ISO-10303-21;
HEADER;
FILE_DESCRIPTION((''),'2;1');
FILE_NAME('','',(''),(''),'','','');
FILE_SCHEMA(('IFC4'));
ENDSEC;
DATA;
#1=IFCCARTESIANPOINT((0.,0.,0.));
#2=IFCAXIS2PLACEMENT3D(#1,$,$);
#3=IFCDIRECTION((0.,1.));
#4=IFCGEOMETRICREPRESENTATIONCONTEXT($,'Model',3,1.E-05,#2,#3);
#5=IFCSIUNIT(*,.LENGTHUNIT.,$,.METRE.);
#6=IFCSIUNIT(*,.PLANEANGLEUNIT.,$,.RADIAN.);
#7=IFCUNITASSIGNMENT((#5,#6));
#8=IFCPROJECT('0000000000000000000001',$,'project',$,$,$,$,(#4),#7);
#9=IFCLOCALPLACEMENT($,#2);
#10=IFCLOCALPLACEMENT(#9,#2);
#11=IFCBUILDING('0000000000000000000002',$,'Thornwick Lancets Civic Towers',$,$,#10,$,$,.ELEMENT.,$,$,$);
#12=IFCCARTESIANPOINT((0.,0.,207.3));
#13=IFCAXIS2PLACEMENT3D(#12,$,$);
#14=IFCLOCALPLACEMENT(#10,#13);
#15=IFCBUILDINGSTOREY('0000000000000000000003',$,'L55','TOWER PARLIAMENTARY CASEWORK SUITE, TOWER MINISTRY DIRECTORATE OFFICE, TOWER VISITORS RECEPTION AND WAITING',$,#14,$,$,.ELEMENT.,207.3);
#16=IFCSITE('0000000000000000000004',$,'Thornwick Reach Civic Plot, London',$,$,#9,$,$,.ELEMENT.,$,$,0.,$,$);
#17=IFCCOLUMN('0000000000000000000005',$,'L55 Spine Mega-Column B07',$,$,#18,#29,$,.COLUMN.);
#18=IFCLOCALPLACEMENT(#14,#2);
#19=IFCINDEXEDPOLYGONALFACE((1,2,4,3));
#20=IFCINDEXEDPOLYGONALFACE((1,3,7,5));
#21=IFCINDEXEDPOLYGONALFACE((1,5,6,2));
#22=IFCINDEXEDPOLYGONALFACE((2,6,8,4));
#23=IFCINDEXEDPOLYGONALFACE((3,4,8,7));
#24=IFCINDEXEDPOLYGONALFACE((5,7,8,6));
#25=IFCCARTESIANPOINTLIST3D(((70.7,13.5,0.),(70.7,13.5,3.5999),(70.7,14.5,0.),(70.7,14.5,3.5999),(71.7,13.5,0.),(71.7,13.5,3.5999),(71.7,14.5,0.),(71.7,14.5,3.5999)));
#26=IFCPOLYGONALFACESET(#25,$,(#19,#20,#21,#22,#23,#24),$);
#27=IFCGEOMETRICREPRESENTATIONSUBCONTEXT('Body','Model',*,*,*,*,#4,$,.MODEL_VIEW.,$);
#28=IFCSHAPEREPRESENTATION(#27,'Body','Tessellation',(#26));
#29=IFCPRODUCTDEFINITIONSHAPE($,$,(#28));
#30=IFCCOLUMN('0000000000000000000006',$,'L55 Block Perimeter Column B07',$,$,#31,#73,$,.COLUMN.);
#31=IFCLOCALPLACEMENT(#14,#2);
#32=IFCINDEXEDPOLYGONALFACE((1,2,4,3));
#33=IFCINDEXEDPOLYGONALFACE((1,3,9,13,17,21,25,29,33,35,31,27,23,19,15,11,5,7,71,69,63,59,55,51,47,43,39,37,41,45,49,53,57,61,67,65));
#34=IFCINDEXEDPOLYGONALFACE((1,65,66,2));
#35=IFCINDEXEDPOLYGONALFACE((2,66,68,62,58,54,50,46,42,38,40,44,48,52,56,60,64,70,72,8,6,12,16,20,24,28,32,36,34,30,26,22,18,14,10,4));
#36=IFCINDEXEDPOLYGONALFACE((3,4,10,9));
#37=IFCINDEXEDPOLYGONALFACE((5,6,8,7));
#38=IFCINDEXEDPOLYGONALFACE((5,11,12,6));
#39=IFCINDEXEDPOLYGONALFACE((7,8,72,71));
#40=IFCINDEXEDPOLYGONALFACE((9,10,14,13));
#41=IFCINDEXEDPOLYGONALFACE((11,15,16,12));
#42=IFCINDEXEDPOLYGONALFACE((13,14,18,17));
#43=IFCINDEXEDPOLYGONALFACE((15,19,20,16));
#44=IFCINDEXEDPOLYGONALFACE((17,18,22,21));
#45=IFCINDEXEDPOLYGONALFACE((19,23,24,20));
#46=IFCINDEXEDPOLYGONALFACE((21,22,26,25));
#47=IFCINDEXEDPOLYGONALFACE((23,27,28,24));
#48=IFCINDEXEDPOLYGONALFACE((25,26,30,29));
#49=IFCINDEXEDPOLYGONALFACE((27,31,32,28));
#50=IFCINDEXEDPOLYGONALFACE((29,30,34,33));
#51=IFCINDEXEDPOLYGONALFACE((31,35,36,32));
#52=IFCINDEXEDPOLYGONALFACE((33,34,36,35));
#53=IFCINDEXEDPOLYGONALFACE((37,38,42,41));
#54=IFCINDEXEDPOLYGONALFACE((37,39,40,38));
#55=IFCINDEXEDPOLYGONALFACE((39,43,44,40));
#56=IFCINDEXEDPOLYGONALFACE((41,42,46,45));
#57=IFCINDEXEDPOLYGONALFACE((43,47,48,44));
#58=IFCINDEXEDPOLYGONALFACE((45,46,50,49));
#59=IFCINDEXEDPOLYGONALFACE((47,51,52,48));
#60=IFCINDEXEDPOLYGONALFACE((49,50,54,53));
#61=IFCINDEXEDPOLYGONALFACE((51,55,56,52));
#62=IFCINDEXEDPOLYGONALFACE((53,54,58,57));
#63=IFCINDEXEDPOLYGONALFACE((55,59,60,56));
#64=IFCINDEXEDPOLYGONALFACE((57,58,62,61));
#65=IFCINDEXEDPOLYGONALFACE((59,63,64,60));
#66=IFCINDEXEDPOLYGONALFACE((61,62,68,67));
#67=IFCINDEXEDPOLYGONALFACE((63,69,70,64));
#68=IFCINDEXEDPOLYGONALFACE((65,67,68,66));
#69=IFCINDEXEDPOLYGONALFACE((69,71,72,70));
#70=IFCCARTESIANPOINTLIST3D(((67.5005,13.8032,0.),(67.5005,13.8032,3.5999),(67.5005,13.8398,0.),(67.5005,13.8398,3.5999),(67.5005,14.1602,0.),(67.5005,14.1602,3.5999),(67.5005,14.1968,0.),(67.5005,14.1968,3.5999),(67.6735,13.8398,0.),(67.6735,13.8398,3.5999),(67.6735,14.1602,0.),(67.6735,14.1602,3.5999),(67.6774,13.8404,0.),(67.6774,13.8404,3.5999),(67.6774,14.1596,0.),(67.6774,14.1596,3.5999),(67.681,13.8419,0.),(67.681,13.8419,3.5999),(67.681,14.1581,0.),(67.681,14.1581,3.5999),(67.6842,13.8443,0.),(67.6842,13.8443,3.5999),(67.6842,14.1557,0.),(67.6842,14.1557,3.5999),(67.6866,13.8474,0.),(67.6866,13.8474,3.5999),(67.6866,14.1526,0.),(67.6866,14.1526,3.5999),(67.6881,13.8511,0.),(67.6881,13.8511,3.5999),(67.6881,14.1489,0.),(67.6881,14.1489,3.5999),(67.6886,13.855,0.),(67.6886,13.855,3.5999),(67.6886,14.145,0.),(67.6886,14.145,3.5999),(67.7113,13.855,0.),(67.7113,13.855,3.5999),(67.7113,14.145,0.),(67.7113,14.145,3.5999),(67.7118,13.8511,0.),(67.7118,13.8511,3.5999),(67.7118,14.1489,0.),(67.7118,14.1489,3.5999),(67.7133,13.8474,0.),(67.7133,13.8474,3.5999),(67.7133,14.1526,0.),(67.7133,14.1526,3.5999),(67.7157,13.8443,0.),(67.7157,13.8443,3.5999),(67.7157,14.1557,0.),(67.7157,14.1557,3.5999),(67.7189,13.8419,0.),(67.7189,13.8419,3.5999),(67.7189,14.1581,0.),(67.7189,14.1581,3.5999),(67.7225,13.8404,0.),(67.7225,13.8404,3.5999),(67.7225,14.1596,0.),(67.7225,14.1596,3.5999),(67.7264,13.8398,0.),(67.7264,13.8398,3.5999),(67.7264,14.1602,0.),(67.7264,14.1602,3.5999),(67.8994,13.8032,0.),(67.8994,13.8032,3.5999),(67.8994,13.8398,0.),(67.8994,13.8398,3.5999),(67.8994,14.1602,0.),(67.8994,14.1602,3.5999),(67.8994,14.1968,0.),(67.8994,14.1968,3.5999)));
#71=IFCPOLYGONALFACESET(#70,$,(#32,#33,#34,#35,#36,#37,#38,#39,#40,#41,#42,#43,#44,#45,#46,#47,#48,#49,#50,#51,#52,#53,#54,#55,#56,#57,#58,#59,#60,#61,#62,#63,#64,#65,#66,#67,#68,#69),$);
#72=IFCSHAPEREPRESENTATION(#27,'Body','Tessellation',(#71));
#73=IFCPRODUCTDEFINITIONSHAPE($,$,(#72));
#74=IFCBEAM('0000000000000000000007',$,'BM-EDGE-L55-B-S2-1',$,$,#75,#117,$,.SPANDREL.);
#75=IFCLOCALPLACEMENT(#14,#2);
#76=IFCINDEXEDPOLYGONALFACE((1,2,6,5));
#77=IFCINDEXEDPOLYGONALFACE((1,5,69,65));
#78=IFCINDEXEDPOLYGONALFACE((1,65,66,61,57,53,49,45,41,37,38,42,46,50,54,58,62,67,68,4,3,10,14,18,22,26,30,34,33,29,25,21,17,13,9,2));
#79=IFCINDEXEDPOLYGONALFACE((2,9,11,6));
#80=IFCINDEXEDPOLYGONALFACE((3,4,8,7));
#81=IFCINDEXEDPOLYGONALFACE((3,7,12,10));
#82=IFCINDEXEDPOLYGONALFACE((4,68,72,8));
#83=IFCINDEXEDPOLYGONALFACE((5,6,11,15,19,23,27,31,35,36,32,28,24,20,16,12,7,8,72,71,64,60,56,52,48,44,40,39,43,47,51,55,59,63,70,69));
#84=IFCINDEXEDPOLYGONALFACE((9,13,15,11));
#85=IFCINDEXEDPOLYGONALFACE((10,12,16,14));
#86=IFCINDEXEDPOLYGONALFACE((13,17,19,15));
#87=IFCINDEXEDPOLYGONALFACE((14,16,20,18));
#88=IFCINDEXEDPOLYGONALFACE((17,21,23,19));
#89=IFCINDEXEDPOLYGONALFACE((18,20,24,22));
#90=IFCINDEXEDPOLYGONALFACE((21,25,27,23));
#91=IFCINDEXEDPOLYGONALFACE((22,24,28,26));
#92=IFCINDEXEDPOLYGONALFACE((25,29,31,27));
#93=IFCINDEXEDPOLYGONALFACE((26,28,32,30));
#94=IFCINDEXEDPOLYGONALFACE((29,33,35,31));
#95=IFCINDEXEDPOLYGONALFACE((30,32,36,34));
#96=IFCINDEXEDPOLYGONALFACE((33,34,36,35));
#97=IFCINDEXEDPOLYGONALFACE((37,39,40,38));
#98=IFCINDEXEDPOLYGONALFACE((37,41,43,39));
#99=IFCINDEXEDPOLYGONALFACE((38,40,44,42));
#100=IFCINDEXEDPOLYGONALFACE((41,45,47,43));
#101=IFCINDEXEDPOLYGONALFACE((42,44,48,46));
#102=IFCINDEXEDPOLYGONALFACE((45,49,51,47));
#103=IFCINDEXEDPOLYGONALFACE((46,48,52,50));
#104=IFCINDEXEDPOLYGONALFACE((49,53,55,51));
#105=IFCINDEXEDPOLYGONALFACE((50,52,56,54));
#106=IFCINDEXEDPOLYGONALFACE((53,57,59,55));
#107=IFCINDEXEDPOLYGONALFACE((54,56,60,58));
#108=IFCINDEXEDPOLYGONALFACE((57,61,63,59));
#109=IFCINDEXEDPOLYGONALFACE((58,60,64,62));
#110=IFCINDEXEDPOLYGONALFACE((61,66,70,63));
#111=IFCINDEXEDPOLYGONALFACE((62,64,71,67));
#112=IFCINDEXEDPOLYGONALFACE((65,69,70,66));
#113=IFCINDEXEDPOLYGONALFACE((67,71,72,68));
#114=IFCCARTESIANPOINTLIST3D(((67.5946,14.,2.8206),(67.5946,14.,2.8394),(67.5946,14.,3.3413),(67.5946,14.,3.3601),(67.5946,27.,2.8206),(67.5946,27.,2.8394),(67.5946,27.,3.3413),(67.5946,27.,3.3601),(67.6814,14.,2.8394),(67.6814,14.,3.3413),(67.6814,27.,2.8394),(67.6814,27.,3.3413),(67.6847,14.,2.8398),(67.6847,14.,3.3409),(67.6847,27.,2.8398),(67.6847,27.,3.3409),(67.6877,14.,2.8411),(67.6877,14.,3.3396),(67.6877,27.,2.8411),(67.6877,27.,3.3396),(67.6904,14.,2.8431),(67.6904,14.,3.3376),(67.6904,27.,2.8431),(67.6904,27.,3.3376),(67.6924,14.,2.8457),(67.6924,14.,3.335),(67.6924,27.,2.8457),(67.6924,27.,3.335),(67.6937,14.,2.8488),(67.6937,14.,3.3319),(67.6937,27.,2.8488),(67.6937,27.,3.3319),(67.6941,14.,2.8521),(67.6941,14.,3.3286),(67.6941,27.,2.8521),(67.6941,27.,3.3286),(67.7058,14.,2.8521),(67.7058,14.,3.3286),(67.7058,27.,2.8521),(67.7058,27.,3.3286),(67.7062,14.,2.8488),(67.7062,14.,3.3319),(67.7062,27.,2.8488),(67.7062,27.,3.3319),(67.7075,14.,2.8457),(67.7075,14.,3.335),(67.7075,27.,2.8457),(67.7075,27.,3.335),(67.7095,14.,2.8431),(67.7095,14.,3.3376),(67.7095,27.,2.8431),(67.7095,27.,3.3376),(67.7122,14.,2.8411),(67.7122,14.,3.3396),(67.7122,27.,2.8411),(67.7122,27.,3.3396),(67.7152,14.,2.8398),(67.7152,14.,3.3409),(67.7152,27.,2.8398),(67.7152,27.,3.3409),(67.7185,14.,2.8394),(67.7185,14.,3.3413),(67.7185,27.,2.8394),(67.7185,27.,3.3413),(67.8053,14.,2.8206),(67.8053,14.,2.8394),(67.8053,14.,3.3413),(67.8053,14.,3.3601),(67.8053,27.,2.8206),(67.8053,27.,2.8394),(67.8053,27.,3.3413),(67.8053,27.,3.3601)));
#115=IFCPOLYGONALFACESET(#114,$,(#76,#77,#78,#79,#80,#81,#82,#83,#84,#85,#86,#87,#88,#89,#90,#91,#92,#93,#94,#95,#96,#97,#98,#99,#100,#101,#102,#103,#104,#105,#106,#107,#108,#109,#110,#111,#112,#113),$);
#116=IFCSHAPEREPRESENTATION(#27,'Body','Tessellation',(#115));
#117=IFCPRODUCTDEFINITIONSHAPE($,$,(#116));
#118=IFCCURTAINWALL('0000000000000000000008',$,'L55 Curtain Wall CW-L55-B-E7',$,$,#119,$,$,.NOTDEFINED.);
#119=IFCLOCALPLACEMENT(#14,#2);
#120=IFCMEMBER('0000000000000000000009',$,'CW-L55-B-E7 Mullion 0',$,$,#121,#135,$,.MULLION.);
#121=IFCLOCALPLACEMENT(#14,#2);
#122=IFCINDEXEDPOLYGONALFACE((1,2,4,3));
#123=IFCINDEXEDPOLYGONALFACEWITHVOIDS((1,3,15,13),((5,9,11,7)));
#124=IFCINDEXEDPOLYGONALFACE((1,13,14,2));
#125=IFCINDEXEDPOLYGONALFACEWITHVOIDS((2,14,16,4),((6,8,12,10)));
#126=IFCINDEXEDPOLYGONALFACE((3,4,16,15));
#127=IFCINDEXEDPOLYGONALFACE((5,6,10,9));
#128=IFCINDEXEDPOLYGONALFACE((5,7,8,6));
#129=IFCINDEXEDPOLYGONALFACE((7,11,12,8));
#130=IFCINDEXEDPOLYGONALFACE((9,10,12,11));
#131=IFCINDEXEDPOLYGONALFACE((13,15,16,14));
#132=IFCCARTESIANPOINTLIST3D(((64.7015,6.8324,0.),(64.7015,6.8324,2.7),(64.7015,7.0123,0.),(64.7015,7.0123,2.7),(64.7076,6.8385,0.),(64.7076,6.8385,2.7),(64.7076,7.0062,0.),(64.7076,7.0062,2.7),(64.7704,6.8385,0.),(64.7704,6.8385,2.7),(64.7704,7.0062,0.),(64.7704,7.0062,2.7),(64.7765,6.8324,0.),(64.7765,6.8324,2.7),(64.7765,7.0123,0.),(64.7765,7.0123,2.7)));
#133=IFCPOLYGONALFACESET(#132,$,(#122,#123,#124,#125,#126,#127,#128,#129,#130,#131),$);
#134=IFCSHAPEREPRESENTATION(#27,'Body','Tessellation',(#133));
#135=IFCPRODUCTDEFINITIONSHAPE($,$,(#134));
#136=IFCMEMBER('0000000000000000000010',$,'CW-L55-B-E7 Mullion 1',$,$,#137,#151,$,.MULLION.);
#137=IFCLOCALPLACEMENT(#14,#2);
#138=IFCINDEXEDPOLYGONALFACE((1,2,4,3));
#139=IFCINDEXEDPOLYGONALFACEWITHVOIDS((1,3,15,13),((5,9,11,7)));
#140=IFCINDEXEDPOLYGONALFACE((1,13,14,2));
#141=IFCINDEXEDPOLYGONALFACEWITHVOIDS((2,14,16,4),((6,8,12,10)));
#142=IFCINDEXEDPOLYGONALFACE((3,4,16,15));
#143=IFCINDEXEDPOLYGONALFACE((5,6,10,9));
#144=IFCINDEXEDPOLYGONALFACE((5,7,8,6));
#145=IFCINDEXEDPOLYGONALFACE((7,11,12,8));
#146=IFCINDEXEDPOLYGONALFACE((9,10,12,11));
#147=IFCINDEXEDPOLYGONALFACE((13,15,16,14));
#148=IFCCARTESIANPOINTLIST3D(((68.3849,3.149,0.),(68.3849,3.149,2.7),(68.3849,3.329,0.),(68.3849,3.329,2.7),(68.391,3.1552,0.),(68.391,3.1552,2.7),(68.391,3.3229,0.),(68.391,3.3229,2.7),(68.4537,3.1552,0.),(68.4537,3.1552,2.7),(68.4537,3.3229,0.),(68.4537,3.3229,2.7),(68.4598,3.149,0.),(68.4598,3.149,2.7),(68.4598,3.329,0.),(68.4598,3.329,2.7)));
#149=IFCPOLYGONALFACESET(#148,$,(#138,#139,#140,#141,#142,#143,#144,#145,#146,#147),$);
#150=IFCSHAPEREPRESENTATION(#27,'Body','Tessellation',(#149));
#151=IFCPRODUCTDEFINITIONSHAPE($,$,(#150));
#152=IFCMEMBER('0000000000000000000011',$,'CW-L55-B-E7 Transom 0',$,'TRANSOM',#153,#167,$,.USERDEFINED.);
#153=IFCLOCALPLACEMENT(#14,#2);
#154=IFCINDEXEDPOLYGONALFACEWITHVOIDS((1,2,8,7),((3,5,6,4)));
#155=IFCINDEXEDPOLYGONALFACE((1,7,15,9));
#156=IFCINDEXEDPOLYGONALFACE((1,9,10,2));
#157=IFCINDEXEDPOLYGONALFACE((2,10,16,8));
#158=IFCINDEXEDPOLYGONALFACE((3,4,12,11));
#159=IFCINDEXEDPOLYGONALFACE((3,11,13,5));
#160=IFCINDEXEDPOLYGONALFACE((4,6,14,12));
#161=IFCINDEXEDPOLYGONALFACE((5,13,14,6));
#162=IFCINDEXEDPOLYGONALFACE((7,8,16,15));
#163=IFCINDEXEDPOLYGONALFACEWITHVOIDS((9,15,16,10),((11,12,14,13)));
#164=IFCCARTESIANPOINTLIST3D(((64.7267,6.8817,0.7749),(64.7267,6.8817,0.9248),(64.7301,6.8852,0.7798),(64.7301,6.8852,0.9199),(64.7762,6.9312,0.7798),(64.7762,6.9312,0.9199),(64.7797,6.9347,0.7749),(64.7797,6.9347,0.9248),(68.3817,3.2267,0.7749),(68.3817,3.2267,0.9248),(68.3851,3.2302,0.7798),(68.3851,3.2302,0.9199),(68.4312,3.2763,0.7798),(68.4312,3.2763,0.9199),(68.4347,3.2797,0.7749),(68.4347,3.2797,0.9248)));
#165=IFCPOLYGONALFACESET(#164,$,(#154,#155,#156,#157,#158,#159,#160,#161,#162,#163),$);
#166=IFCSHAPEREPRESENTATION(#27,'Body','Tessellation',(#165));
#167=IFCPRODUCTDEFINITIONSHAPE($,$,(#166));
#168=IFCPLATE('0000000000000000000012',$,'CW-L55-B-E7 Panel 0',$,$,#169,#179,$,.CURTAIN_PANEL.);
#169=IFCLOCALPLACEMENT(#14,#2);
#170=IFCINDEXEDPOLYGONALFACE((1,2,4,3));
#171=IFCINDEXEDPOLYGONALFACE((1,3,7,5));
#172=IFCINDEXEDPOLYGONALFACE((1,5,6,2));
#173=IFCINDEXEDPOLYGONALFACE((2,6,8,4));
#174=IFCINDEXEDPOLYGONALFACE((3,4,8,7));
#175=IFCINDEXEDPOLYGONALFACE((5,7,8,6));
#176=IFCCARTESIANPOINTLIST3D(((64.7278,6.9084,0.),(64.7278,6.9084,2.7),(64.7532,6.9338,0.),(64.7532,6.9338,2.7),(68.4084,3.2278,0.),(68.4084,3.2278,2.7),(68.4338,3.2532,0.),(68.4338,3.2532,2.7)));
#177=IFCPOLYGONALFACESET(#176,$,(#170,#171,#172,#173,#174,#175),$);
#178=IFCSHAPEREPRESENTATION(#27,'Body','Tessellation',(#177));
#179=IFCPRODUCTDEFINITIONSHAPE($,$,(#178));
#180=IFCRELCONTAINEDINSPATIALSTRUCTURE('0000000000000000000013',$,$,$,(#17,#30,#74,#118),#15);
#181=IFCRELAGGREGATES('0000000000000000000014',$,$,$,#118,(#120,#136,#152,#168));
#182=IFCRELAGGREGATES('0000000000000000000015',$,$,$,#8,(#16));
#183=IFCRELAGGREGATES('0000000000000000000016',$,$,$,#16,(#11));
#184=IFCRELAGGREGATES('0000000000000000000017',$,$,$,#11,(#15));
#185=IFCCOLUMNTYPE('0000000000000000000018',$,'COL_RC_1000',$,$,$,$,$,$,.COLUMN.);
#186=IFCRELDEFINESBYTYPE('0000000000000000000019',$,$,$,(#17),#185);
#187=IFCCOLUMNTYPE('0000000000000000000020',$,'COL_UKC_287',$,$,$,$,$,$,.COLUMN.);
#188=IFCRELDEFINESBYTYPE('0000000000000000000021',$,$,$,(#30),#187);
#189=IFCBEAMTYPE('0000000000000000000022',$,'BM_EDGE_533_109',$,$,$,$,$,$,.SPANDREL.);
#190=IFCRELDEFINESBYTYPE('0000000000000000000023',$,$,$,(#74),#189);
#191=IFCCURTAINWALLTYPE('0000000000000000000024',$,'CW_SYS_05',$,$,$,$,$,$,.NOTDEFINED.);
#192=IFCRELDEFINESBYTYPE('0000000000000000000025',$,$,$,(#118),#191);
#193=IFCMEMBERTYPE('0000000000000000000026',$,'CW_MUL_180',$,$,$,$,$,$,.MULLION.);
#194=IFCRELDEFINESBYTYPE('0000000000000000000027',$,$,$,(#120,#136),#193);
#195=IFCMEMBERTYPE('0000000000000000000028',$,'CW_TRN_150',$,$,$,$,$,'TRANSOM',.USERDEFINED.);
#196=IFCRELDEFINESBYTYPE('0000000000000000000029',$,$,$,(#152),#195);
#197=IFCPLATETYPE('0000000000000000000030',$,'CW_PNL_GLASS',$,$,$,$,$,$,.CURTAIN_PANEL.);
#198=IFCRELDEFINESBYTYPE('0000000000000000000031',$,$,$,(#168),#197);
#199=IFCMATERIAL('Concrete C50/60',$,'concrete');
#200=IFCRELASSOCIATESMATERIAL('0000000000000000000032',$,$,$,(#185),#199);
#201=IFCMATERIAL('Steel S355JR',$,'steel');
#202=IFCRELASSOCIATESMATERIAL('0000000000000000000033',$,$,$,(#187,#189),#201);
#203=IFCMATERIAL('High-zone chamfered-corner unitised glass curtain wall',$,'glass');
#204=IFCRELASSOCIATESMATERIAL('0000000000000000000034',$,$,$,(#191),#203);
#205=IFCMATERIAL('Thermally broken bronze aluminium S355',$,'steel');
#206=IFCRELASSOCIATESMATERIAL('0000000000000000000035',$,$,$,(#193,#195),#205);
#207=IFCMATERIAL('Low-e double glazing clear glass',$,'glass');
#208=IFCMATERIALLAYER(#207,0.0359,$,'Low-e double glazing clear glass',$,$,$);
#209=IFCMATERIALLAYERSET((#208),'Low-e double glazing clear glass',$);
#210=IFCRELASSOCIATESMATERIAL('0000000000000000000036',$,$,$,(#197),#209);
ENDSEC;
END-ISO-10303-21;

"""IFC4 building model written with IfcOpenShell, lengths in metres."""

from ifc_helpers import new_model, si_unit, direction, frame, origin, origin_2d, place, context, subcontext, project, spatial, rectangle, hollow_rectangle, i_section, extrude, material, layer, layer_set, material_profile, profile_set, type_object, element, aggregate, save


model = new_model("IFC4")

# Units and contexts
model_context = context("Model", 3, precision=1e-05, world=origin(), true_north=direction((0.0, 1.0)))
body_context = subcontext(model_context, "Body", "Model", "MODEL_VIEW")
ifc_project = project(units=[si_unit("LENGTHUNIT", "METRE"), si_unit("PLANEANGLEUNIT", "RADIAN")], contexts=[model_context])

# Site, building, storey
site_placement = place(None, origin())
site = spatial("IfcSite", under=ifc_project, at=site_placement, Name="Thornwick Reach Civic Plot, London", CompositionType="ELEMENT", RefElevation=0.0)
building_placement = place(site_placement, origin())
building = spatial("IfcBuilding", under=site, at=building_placement, Name="Thornwick Lancets Civic Towers", CompositionType="ELEMENT")
storey_placement = place(building_placement, frame((0.0, 0.0, 207.3)))
storey = spatial("IfcBuildingStorey", under=building, at=storey_placement, Name="L55", Description="TOWER PARLIAMENTARY CASEWORK SUITE, TOWER MINISTRY DIRECTORATE OFFICE, TOWER VISITORS RECEPTION AND WAITING", CompositionType="ELEMENT", Elevation=207.3)

# Columns
ifc_material_1 = material(Name="Concrete C50/60", Category="concrete")
ifc_material_profile_1 = material_profile(ifc_material_1, rectangle(XDim=1.0, YDim=1.0, at=origin_2d()), Name="RC 1000x1000")
ifc_profile_set_1 = profile_set([ifc_material_profile_1], Name="Concrete C50/60")
column_type_1 = type_object("IfcColumnType", Name="COL_RC_1000", PredefinedType="COLUMN", material=ifc_profile_set_1)
column_1_placement = place(storey_placement, frame((71.2, 14.0, 0.0), z_axis=(0.0, 0.0, 1.0), x_axis=(1.0, 0.0, 0.0)))
element("IfcColumn", 1, at=column_1_placement, inside=storey, type_object=column_type_1, Name="L55 Spine Mega-Column B07", PredefinedType="COLUMN", context=body_context, shape_type="SweptSolid", body=[
    extrude(rectangle(XDim=1.0, YDim=1.0, at=origin_2d()), origin(), (0.0, 0.0, 1.0), 3.5999),
])
ifc_material_2 = material(Name="Steel S355JR", Category="steel")
ifc_material_profile_2 = material_profile(ifc_material_2, i_section(OverallWidth=0.3989, OverallDepth=0.3936, WebThickness=0.0227, FlangeThickness=0.0366, FilletRadius=0.0151, at=origin_2d()), Name="UKC 356x406x287")
ifc_profile_set_2 = profile_set([ifc_material_profile_2], Name="Steel S355JR")
column_type_2 = type_object("IfcColumnType", Name="COL_UKC_287", PredefinedType="COLUMN", material=ifc_profile_set_2)
column_2_placement = place(storey_placement, frame((67.7, 14.0, 0.0), z_axis=(0.0, 0.0, 1.0), x_axis=(1.0, 0.0, 0.0)))
element("IfcColumn", 2, at=column_2_placement, inside=storey, type_object=column_type_2, Name="L55 Block Perimeter Column B07", PredefinedType="COLUMN", context=body_context, shape_type="SweptSolid", body=[
    extrude(i_section(OverallWidth=0.3989, OverallDepth=0.3936, WebThickness=0.0227, FlangeThickness=0.0366, FilletRadius=0.0151, at=origin_2d()), origin(), (0.0, 0.0, 1.0), 3.5999),
])

# Beam
ifc_material_profile_3 = material_profile(ifc_material_2, i_section(OverallWidth=0.2107, OverallDepth=0.5396, WebThickness=0.0117, FlangeThickness=0.0188, FilletRadius=0.0127, at=origin_2d()), Name="UKB 533x210x109")
ifc_profile_set_3 = profile_set([ifc_material_profile_3], Name="Steel S355JR")
beam_type = type_object("IfcBeamType", Name="BM_EDGE_533_109", PredefinedType="SPANDREL", material=ifc_profile_set_3)
beam_placement = place(storey_placement, frame((67.7, 14.0, 3.0903), z_axis=(0.0, 1.0, 0.0), x_axis=(-1.0, 0.0, 0.0)))
element("IfcBeam", 3, at=beam_placement, inside=storey, type_object=beam_type, Name="BM-EDGE-L55-B-S2-1", PredefinedType="SPANDREL", context=body_context, shape_type="SweptSolid", body=[
    extrude(i_section(OverallWidth=0.2107, OverallDepth=0.5396, WebThickness=0.0117, FlangeThickness=0.0188, FilletRadius=0.0127, at=origin_2d()), origin(), (0.0, 0.0, 1.0), 13.0),
])

# Curtain wall, members, plate
ifc_material_3 = material(Name="High-zone chamfered-corner unitised glass curtain wall", Category="glass")
curtain_wall_type = type_object("IfcCurtainWallType", Name="CW_SYS_05", PredefinedType="NOTDEFINED", material=ifc_material_3)
curtain_wall_placement = place(storey_placement, origin())
curtain_wall = element("IfcCurtainWall", 4, at=curtain_wall_placement, inside=storey, type_object=curtain_wall_type, Name="L55 Curtain Wall CW-L55-B-E7", PredefinedType="NOTDEFINED")
ifc_material_4 = material(Name="Thermally broken bronze aluminium S355", Category="steel")
ifc_material_profile_4 = material_profile(ifc_material_4, hollow_rectangle(XDim=0.075, YDim=0.1799, WallThickness=0.0061, at=origin_2d()), Name="RHS 180x75x6")
ifc_profile_set_4 = profile_set([ifc_material_profile_4], Name="Thermally broken bronze aluminium S355")
member_type_1 = type_object("IfcMemberType", Name="CW_MUL_180", PredefinedType="MULLION", material=ifc_profile_set_4)
member_1_placement = place(storey_placement, frame((64.739, 6.9224, 0.0), z_axis=(0.0, 0.0, 1.0), x_axis=(1.0, 0.0, 0.0)))
member_1 = element("IfcMember", 5, at=member_1_placement, type_object=member_type_1, Name="CW-L55-B-E7 Mullion 0", PredefinedType="MULLION", context=body_context, shape_type="SweptSolid", body=[
    extrude(hollow_rectangle(XDim=0.075, YDim=0.1799, WallThickness=0.0061, at=origin_2d()), origin(), (0.0, 0.0, 1.0), 2.7),
])
member_2_placement = place(storey_placement, frame((68.4224, 3.239, 0.0), z_axis=(0.0, 0.0, 1.0), x_axis=(1.0, 0.0, 0.0)))
member_2 = element("IfcMember", 6, at=member_2_placement, type_object=member_type_1, Name="CW-L55-B-E7 Mullion 1", PredefinedType="MULLION", context=body_context, shape_type="SweptSolid", body=[
    extrude(hollow_rectangle(XDim=0.075, YDim=0.1799, WallThickness=0.0061, at=origin_2d()), origin(), (0.0, 0.0, 1.0), 2.7),
])
ifc_material_profile_5 = material_profile(ifc_material_4, hollow_rectangle(XDim=0.075, YDim=0.1499, WallThickness=0.0049, at=origin_2d()), Name="RHS 150x75x5")
ifc_profile_set_5 = profile_set([ifc_material_profile_5], Name="Thermally broken bronze aluminium S355")
member_type_2 = type_object("IfcMemberType", Name="CW_TRN_150", ElementType="TRANSOM", PredefinedType="USERDEFINED", material=ifc_profile_set_5)
member_3_placement = place(storey_placement, frame((64.7532, 6.9082, 0.8499), z_axis=(0.707107, -0.707107, 0.0), x_axis=(0.707107, 0.707107, 0.0)))
member_3 = element("IfcMember", 7, at=member_3_placement, type_object=member_type_2, Name="CW-L55-B-E7 Transom 0", ObjectType="TRANSOM", PredefinedType="USERDEFINED", context=body_context, shape_type="SweptSolid", body=[
    extrude(hollow_rectangle(XDim=0.075, YDim=0.1499, WallThickness=0.0049, at=origin_2d()), origin(), (0.0, 0.0, 1.0), 5.1689),
])
ifc_material_5 = material(Name="Low-e double glazing clear glass", Category="glass")
ifc_layer_1 = layer(ifc_material_5, 0.0359, Name="Low-e double glazing clear glass")
ifc_layer_set_1 = layer_set([ifc_layer_1], Name="Low-e double glazing clear glass")
plate_type = type_object("IfcPlateType", Name="CW_PNL_GLASS", PredefinedType="CURTAIN_PANEL", material=ifc_layer_set_1)
plate_placement = place(storey_placement, frame((66.5808, 5.0808, 0.0), z_axis=(0.0, 0.0, 1.0), x_axis=(0.707107, -0.707107, 0.0)))
plate = element("IfcPlate", 8, at=plate_placement, type_object=plate_type, Name="CW-L55-B-E7 Panel 0", PredefinedType="CURTAIN_PANEL", context=body_context, shape_type="SweptSolid", body=[
    extrude(rectangle(XDim=5.2051, YDim=0.0359, at=origin_2d()), origin(), (0.0, 0.0, 1.0), 2.7),
])
aggregate(curtain_wall, [member_1, member_2, member_3, plate])

save(model, "model.ifc")
